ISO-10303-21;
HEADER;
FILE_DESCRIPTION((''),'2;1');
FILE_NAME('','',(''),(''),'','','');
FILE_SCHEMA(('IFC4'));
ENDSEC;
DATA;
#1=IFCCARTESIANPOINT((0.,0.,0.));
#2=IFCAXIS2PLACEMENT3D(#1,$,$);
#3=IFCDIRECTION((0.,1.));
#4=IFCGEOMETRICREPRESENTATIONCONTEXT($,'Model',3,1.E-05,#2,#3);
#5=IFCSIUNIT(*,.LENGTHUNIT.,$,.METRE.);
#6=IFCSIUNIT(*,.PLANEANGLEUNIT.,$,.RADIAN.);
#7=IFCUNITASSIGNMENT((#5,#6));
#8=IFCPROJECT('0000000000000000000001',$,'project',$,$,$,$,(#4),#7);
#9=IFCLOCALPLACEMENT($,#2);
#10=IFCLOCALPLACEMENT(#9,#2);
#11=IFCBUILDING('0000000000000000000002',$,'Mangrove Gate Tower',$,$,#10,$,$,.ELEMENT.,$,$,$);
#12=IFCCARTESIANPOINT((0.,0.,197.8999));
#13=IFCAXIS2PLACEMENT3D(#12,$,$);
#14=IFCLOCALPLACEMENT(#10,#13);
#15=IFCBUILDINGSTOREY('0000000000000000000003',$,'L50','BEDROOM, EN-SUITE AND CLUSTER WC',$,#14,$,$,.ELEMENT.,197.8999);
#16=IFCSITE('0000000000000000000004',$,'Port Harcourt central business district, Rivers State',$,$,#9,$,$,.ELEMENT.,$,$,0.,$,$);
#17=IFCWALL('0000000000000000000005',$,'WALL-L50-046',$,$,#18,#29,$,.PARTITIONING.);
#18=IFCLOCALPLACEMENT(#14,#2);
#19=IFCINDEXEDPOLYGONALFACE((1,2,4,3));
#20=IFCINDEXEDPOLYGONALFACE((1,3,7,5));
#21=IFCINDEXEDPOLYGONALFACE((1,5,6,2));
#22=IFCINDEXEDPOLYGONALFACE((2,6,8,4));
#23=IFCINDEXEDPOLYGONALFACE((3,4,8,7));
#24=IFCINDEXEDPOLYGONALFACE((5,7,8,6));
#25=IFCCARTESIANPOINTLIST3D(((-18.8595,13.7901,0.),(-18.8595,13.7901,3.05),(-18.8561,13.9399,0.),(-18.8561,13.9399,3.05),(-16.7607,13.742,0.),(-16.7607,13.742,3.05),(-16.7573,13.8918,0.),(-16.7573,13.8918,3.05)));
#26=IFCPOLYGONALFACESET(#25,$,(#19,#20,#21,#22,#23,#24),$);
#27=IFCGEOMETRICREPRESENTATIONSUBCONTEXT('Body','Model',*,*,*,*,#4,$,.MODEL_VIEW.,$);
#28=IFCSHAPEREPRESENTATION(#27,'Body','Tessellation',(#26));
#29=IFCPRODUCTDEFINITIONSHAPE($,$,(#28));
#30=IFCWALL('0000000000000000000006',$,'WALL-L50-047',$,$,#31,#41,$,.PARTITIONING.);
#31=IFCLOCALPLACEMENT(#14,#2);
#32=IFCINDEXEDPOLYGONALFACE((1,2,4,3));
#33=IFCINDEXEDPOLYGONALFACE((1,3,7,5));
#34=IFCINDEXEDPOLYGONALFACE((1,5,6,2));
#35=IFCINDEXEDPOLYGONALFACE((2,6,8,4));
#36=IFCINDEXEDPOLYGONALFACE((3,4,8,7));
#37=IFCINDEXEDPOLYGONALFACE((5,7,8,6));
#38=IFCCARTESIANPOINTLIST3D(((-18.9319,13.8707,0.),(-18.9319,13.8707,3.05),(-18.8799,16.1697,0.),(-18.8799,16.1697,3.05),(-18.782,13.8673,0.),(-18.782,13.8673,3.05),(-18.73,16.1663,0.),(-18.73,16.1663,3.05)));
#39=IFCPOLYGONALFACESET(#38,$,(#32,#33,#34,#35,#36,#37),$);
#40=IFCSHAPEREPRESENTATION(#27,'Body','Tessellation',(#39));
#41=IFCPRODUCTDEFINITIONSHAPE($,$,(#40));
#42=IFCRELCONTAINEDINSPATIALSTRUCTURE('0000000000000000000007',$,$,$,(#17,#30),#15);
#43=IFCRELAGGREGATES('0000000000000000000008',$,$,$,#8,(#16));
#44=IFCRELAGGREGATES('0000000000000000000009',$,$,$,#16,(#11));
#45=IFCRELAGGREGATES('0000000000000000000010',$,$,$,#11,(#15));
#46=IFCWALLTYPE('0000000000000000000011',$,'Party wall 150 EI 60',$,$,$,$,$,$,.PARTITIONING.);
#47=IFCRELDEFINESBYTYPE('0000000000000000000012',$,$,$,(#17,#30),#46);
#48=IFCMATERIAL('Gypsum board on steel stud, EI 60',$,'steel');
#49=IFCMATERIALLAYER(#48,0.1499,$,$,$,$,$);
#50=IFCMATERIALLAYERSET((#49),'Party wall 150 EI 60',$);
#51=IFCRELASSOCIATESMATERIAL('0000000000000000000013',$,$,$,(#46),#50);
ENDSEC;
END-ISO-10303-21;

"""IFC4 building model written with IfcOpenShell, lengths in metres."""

from ifc_helpers import new_model, si_unit, direction, frame, frame_2d, origin, place, context, subcontext, project, spatial, rectangle, extrude, material, layer, layer_set, type_object, element, save


model = new_model("IFC4")

# Units and contexts
model_context = context("Model", 3, precision=1e-05, world=origin(), true_north=direction((0.0, 1.0)))
body_context = subcontext(model_context, "Body", "Model", "MODEL_VIEW")
ifc_project = project(units=[si_unit("LENGTHUNIT", "METRE"), si_unit("PLANEANGLEUNIT", "RADIAN")], contexts=[model_context])

# Site, building, storey
site_placement = place(None, origin())
site = spatial("IfcSite", under=ifc_project, at=site_placement, Name="Port Harcourt central business district, Rivers State", CompositionType="ELEMENT", RefElevation=0.0)
building_placement = place(site_placement, origin())
building = spatial("IfcBuilding", under=site, at=building_placement, Name="Mangrove Gate Tower", CompositionType="ELEMENT")
storey_placement = place(building_placement, frame((0.0, 0.0, 197.8999)))
storey = spatial("IfcBuildingStorey", under=building, at=storey_placement, Name="L50", Description="BEDROOM, EN-SUITE AND CLUSTER WC", CompositionType="ELEMENT", Elevation=197.8999)

# Walls
ifc_material_1 = material(Name="Gypsum board on steel stud, EI 60", Category="steel")
ifc_layer_1 = layer(ifc_material_1, 0.1499)
ifc_layer_set_1 = layer_set([ifc_layer_1], Name="Party wall 150 EI 60")
wall_type_1 = type_object("IfcWallType", Name="Party wall 150 EI 60", PredefinedType="PARTITIONING", material=ifc_layer_set_1)
wall_1_placement = place(storey_placement, frame((-18.8579, 13.865, 0.0), z_axis=(0.0, 0.0, 1.0), x_axis=(0.999738, -0.022909, 0.0)))
element("IfcWall", 1, at=wall_1_placement, inside=storey, type_object=wall_type_1, Name="WALL-L50-046", PredefinedType="PARTITIONING", context=body_context, shape_type="SweptSolid", body=[
    extrude(rectangle(XDim=2.0994, YDim=0.1499, at=frame_2d((1.0498, 0.0))), origin(), (0.0, 0.0, 1.0), 3.05),
])
wall_2_placement = place(storey_placement, frame((-18.8569, 13.8689, 0.0), z_axis=(0.0, 0.0, 1.0), x_axis=(0.022613, 0.999744, 0.0)))
element("IfcWall", 2, at=wall_2_placement, inside=storey, type_object=wall_type_1, Name="WALL-L50-047", PredefinedType="PARTITIONING", context=body_context, shape_type="SweptSolid", body=[
    extrude(rectangle(XDim=2.2996, YDim=0.1499, at=frame_2d((1.1499, 0.0))), origin(), (0.0, 0.0, 1.0), 3.05),
])

save(model, "model.ifc")
